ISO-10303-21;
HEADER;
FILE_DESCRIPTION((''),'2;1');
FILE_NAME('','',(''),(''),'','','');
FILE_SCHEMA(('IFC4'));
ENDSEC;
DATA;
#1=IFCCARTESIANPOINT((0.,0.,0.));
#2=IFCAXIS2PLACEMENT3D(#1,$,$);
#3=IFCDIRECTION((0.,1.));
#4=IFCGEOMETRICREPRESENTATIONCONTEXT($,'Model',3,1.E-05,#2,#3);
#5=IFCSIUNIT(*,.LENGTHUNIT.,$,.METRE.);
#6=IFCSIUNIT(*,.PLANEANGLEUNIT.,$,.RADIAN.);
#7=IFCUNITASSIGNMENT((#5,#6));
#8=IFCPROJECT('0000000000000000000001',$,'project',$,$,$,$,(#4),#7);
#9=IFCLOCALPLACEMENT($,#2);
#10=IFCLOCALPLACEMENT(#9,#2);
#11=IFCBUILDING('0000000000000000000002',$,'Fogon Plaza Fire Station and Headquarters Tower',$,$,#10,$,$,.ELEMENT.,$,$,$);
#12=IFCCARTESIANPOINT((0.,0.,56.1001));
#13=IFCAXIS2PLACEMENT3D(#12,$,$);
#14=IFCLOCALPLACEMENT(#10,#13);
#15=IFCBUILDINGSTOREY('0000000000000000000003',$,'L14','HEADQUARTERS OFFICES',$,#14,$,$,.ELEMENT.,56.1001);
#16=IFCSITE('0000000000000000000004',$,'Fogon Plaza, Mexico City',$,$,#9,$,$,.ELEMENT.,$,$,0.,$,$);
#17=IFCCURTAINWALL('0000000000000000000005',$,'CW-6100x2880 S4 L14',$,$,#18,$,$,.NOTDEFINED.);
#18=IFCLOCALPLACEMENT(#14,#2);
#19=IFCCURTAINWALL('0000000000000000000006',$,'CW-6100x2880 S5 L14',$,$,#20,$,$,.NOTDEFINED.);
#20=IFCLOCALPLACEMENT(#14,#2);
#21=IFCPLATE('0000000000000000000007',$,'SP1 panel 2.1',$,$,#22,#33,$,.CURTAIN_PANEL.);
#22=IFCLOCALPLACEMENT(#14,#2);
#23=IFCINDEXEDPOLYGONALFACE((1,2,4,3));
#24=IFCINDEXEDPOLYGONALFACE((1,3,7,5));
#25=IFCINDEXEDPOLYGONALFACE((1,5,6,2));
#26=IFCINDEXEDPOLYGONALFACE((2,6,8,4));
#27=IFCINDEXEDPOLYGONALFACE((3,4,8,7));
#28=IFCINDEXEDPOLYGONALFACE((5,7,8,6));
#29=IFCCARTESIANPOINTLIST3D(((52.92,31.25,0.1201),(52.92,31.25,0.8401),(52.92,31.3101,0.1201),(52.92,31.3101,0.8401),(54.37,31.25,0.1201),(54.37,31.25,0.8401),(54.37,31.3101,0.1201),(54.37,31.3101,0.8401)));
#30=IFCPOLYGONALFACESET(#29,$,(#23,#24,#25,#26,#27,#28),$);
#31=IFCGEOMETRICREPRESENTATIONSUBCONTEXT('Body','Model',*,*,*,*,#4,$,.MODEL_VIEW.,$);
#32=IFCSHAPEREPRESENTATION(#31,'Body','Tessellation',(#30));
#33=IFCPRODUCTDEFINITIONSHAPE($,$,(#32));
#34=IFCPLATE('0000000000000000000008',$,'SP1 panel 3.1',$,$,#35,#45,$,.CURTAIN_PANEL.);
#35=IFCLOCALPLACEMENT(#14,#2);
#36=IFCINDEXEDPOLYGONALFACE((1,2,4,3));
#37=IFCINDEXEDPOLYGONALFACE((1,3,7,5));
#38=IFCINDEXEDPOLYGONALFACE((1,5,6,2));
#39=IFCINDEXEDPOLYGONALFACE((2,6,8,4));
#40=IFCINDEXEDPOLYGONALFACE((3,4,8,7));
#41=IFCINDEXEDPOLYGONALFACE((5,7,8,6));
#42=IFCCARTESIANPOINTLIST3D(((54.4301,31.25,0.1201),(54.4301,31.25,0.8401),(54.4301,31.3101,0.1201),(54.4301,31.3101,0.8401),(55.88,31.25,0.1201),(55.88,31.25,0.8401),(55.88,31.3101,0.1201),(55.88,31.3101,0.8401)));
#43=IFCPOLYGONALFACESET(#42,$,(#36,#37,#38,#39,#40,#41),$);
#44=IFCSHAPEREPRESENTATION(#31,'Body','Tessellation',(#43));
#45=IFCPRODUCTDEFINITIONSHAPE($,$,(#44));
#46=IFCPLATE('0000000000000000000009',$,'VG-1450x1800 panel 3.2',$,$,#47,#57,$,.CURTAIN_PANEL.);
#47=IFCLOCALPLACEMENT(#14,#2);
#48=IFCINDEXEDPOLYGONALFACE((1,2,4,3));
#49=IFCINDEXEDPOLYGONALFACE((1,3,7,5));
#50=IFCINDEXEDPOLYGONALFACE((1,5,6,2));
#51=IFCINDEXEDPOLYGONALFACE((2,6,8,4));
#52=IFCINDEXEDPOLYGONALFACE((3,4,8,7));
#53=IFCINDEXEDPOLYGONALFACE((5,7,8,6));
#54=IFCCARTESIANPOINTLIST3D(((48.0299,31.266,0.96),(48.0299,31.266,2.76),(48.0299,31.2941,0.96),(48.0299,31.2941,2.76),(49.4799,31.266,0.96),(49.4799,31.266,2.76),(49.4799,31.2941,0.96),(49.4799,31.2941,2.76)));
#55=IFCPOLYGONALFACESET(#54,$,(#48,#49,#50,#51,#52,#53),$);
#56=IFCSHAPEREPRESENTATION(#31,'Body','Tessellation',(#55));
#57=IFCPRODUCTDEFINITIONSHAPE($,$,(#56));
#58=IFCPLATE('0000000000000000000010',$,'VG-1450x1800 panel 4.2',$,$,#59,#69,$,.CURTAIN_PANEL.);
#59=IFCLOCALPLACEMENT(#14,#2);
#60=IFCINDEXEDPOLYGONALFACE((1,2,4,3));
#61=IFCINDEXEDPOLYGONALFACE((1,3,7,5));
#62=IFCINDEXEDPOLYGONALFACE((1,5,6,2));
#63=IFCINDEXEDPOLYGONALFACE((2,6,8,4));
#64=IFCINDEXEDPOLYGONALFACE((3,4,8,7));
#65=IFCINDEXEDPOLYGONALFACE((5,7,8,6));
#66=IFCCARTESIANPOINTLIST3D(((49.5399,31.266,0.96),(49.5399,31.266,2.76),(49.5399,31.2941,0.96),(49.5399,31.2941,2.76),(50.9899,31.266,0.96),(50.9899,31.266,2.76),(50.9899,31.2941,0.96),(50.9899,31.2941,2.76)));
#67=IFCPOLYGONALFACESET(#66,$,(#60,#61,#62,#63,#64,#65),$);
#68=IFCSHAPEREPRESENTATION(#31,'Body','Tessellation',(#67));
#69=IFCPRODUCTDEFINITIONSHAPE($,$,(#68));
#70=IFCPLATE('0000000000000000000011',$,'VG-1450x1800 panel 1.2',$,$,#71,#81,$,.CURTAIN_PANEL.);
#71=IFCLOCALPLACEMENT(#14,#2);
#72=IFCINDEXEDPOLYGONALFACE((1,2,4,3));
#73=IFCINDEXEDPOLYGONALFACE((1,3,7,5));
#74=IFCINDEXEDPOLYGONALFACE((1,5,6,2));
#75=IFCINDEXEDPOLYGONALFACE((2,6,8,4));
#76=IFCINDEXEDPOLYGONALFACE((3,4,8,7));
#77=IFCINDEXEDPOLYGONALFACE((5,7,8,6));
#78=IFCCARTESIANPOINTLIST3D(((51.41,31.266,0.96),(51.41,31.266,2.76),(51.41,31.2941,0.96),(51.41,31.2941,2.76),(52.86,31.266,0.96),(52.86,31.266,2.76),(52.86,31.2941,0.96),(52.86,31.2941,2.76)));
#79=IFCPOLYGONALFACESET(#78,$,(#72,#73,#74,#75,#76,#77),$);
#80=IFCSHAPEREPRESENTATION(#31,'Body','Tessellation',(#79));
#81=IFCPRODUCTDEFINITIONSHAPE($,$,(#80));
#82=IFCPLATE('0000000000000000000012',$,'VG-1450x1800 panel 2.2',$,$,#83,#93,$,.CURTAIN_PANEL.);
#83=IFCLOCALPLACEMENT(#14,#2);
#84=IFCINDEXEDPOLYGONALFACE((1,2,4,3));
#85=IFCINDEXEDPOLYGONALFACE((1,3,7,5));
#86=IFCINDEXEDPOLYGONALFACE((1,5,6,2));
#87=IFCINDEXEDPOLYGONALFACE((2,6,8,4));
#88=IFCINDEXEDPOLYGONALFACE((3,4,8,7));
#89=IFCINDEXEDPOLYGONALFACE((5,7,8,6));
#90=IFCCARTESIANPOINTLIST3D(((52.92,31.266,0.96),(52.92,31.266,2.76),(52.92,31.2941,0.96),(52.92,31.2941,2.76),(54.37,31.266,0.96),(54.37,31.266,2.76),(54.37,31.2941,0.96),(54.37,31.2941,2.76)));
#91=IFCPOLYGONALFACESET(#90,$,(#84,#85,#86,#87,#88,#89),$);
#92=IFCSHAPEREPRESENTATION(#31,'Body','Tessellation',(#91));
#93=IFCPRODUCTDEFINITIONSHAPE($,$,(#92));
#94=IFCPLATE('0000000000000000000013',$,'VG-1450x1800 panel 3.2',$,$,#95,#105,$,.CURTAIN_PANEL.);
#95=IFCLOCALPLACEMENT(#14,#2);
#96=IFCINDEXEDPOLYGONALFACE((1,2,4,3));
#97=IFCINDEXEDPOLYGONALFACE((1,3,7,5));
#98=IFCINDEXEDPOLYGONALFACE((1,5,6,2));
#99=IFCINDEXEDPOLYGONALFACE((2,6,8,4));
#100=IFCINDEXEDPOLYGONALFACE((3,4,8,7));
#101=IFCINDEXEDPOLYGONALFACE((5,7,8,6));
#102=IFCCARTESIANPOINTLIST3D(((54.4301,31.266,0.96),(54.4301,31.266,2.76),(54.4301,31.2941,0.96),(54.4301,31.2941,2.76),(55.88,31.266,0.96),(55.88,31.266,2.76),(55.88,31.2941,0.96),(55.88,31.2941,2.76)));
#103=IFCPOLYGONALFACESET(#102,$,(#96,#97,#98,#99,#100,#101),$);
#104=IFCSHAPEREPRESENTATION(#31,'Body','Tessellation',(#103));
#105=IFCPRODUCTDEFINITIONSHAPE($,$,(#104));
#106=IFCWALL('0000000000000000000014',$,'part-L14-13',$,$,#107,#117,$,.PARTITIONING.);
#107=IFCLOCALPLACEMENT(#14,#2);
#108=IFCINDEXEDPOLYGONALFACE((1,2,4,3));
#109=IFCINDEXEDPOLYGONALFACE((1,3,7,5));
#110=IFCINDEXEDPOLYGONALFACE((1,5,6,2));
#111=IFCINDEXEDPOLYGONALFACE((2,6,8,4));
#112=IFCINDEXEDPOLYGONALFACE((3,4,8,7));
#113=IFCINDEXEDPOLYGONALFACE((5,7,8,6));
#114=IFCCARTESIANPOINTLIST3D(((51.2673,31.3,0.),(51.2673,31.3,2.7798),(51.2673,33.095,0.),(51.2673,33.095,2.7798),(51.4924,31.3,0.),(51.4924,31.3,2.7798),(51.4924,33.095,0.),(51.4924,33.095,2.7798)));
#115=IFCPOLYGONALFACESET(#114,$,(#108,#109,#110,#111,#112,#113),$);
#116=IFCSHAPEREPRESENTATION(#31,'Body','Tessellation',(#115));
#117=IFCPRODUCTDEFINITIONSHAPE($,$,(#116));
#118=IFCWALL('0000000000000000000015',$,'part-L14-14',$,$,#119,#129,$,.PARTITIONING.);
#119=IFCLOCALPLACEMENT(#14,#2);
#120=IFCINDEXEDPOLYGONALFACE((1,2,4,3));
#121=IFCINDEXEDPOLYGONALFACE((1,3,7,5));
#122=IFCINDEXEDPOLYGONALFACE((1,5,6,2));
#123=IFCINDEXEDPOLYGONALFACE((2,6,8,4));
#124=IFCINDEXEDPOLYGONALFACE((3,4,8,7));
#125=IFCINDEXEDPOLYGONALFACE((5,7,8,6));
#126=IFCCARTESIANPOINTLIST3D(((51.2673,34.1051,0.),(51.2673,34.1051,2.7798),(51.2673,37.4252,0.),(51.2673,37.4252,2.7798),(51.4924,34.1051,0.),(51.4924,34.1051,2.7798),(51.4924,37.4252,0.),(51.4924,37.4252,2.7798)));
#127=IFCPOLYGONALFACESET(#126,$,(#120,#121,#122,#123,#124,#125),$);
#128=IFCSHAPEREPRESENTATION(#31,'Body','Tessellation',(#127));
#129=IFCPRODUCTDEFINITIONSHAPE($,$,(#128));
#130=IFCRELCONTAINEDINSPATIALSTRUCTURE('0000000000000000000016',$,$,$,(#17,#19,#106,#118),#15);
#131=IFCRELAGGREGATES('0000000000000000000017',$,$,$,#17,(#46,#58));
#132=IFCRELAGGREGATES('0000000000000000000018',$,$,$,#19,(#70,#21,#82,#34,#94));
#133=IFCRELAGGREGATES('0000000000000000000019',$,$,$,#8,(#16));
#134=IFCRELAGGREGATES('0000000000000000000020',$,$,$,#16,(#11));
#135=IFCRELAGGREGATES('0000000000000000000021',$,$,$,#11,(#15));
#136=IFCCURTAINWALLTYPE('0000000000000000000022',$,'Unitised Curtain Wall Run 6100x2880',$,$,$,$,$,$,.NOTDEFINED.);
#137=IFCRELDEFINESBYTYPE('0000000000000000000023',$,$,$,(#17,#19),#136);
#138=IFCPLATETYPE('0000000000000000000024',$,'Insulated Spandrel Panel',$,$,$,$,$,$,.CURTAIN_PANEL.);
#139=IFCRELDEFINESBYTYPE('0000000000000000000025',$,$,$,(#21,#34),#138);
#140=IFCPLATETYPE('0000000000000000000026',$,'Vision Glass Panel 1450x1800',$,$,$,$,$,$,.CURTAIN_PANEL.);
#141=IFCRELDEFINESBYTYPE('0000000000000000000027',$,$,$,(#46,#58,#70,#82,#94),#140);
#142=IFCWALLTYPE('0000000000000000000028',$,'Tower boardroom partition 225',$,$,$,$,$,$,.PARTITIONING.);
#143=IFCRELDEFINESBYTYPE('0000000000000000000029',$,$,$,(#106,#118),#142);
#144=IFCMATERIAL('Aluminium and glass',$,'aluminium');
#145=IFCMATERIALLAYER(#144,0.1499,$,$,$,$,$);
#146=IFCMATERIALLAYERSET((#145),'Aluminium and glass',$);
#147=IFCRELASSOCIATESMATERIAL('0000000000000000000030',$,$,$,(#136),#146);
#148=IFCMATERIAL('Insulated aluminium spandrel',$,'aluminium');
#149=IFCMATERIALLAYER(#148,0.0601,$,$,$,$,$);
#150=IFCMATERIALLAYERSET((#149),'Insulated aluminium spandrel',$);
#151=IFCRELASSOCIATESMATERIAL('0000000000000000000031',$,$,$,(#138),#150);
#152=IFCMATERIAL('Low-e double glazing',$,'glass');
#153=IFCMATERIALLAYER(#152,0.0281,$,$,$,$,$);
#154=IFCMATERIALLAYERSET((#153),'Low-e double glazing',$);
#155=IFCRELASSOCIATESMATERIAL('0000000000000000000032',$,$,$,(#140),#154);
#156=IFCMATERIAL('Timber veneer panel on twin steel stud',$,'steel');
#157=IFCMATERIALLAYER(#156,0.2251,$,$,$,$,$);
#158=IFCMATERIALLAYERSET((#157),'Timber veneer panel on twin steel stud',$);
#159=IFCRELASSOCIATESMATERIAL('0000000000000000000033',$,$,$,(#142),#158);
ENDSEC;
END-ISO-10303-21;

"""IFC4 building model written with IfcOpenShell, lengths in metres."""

from ifc_helpers import new_model, si_unit, direction, frame, frame_2d, origin, origin_2d, place, context, subcontext, project, spatial, rectangle, extrude, material, layer, layer_set, type_object, element, aggregate, save


model = new_model("IFC4")

# Units and contexts
model_context = context("Model", 3, precision=1e-05, world=origin(), true_north=direction((0.0, 1.0)))
body_context = subcontext(model_context, "Body", "Model", "MODEL_VIEW")
ifc_project = project(units=[si_unit("LENGTHUNIT", "METRE"), si_unit("PLANEANGLEUNIT", "RADIAN")], contexts=[model_context])

# Site, building, storey
site_placement = place(None, origin())
site = spatial("IfcSite", under=ifc_project, at=site_placement, Name="Fogon Plaza, Mexico City", CompositionType="ELEMENT", RefElevation=0.0)
building_placement = place(site_placement, origin())
building = spatial("IfcBuilding", under=site, at=building_placement, Name="Fogon Plaza Fire Station and Headquarters Tower", CompositionType="ELEMENT")
storey_placement = place(building_placement, frame((0.0, 0.0, 56.1001)))
storey = spatial("IfcBuildingStorey", under=building, at=storey_placement, Name="L14", Description="HEADQUARTERS OFFICES", CompositionType="ELEMENT", Elevation=56.1001)

# Curtain walls
ifc_material_1 = material(Name="Aluminium and glass", Category="aluminium")
ifc_layer_1 = layer(ifc_material_1, 0.1499)
ifc_layer_set_1 = layer_set([ifc_layer_1], Name="Aluminium and glass")
curtain_wall_type = type_object("IfcCurtainWallType", Name="Unitised Curtain Wall Run 6100x2880", PredefinedType="NOTDEFINED", material=ifc_layer_set_1)
curtain_wall_1_placement = place(storey_placement, origin())
curtain_wall_1 = element("IfcCurtainWall", 1, at=curtain_wall_1_placement, inside=storey, type_object=curtain_wall_type, Name="CW-6100x2880 S4 L14", PredefinedType="NOTDEFINED")
curtain_wall_2_placement = place(storey_placement, origin())
curtain_wall_2 = element("IfcCurtainWall", 2, at=curtain_wall_2_placement, inside=storey, type_object=curtain_wall_type, Name="CW-6100x2880 S5 L14", PredefinedType="NOTDEFINED")

# Plates
ifc_material_2 = material(Name="Insulated aluminium spandrel", Category="aluminium")
ifc_layer_2 = layer(ifc_material_2, 0.0601)
ifc_layer_set_2 = layer_set([ifc_layer_2], Name="Insulated aluminium spandrel")
plate_type_1 = type_object("IfcPlateType", Name="Insulated Spandrel Panel", PredefinedType="CURTAIN_PANEL", material=ifc_layer_set_2)
plate_1_placement = place(storey_placement, frame((53.645, 31.28, 0.1201), z_axis=(0.0, 0.0, 1.0), x_axis=(1.0, 0.0, 0.0)))
plate_1 = element("IfcPlate", 3, at=plate_1_placement, type_object=plate_type_1, Name="SP1 panel 2.1", PredefinedType="CURTAIN_PANEL", context=body_context, shape_type="SweptSolid", body=[
    extrude(rectangle(XDim=1.45, YDim=0.0601, at=origin_2d()), origin(), (0.0, 0.0, 1.0), 0.72),
])
plate_2_placement = place(storey_placement, frame((55.155, 31.28, 0.1201), z_axis=(0.0, 0.0, 1.0), x_axis=(1.0, 0.0, 0.0)))
plate_2 = element("IfcPlate", 4, at=plate_2_placement, type_object=plate_type_1, Name="SP1 panel 3.1", PredefinedType="CURTAIN_PANEL", context=body_context, shape_type="SweptSolid", body=[
    extrude(rectangle(XDim=1.45, YDim=0.0601, at=origin_2d()), origin(), (0.0, 0.0, 1.0), 0.72),
])
ifc_material_3 = material(Name="Low-e double glazing", Category="glass")
ifc_layer_3 = layer(ifc_material_3, 0.0281)
ifc_layer_set_3 = layer_set([ifc_layer_3], Name="Low-e double glazing")
plate_type_2 = type_object("IfcPlateType", Name="Vision Glass Panel 1450x1800", PredefinedType="CURTAIN_PANEL", material=ifc_layer_set_3)
plate_3_placement = place(storey_placement, frame((48.7549, 31.28, 0.96), z_axis=(0.0, 0.0, 1.0), x_axis=(1.0, 0.0, 0.0)))
plate_3 = element("IfcPlate", 5, at=plate_3_placement, type_object=plate_type_2, Name="VG-1450x1800 panel 3.2", PredefinedType="CURTAIN_PANEL", context=body_context, shape_type="SweptSolid", body=[
    extrude(rectangle(XDim=1.45, YDim=0.0281, at=origin_2d()), origin(), (0.0, 0.0, 1.0), 1.8),
])
plate_4_placement = place(storey_placement, frame((50.2649, 31.28, 0.96), z_axis=(0.0, 0.0, 1.0), x_axis=(1.0, 0.0, 0.0)))
plate_4 = element("IfcPlate", 6, at=plate_4_placement, type_object=plate_type_2, Name="VG-1450x1800 panel 4.2", PredefinedType="CURTAIN_PANEL", context=body_context, shape_type="SweptSolid", body=[
    extrude(rectangle(XDim=1.45, YDim=0.0281, at=origin_2d()), origin(), (0.0, 0.0, 1.0), 1.8),
])
aggregate(curtain_wall_1, [plate_3, plate_4])
plate_5_placement = place(storey_placement, frame((52.135, 31.28, 0.96), z_axis=(0.0, 0.0, 1.0), x_axis=(1.0, 0.0, 0.0)))
plate_5 = element("IfcPlate", 7, at=plate_5_placement, type_object=plate_type_2, Name="VG-1450x1800 panel 1.2", PredefinedType="CURTAIN_PANEL", context=body_context, shape_type="SweptSolid", body=[
    extrude(rectangle(XDim=1.45, YDim=0.0281, at=origin_2d()), origin(), (0.0, 0.0, 1.0), 1.8),
])
plate_6_placement = place(storey_placement, frame((53.645, 31.28, 0.96), z_axis=(0.0, 0.0, 1.0), x_axis=(1.0, 0.0, 0.0)))
plate_6 = element("IfcPlate", 8, at=plate_6_placement, type_object=plate_type_2, Name="VG-1450x1800 panel 2.2", PredefinedType="CURTAIN_PANEL", context=body_context, shape_type="SweptSolid", body=[
    extrude(rectangle(XDim=1.45, YDim=0.0281, at=origin_2d()), origin(), (0.0, 0.0, 1.0), 1.8),
])
plate_7_placement = place(storey_placement, frame((55.155, 31.28, 0.96), z_axis=(0.0, 0.0, 1.0), x_axis=(1.0, 0.0, 0.0)))
plate_7 = element("IfcPlate", 9, at=plate_7_placement, type_object=plate_type_2, Name="VG-1450x1800 panel 3.2", PredefinedType="CURTAIN_PANEL", context=body_context, shape_type="SweptSolid", body=[
    extrude(rectangle(XDim=1.45, YDim=0.0281, at=origin_2d()), origin(), (0.0, 0.0, 1.0), 1.8),
])
aggregate(curtain_wall_2, [plate_5, plate_1, plate_6, plate_2, plate_7])

# Walls
ifc_material_4 = material(Name="Timber veneer panel on twin steel stud", Category="steel")
ifc_layer_4 = layer(ifc_material_4, 0.2251)
ifc_layer_set_4 = layer_set([ifc_layer_4], Name="Timber veneer panel on twin steel stud")
wall_type = type_object("IfcWallType", Name="Tower boardroom partition 225", PredefinedType="PARTITIONING", material=ifc_layer_set_4)
wall_1_placement = place(storey_placement, frame((51.3799, 31.3, 0.0), z_axis=(0.0, 0.0, 1.0), x_axis=(0.0, 1.0, 0.0)))
element("IfcWall", 10, at=wall_1_placement, inside=storey, type_object=wall_type, Name="part-L14-13", PredefinedType="PARTITIONING", context=body_context, shape_type="SweptSolid", body=[
    extrude(rectangle(XDim=1.7949, YDim=0.2251, at=frame_2d((0.8975, 0.0))), origin(), (0.0, 0.0, 1.0), 2.7798),
])
wall_2_placement = place(storey_placement, frame((51.3799, 34.105, 0.0), z_axis=(0.0, 0.0, 1.0), x_axis=(0.0, 1.0, 0.0)))
element("IfcWall", 11, at=wall_2_placement, inside=storey, type_object=wall_type, Name="part-L14-14", PredefinedType="PARTITIONING", context=body_context, shape_type="SweptSolid", body=[
    extrude(rectangle(XDim=3.3201, YDim=0.2251, at=frame_2d((1.6602, 0.0))), origin(), (0.0, 0.0, 1.0), 2.7798),
])

save(model, "model.ifc")
